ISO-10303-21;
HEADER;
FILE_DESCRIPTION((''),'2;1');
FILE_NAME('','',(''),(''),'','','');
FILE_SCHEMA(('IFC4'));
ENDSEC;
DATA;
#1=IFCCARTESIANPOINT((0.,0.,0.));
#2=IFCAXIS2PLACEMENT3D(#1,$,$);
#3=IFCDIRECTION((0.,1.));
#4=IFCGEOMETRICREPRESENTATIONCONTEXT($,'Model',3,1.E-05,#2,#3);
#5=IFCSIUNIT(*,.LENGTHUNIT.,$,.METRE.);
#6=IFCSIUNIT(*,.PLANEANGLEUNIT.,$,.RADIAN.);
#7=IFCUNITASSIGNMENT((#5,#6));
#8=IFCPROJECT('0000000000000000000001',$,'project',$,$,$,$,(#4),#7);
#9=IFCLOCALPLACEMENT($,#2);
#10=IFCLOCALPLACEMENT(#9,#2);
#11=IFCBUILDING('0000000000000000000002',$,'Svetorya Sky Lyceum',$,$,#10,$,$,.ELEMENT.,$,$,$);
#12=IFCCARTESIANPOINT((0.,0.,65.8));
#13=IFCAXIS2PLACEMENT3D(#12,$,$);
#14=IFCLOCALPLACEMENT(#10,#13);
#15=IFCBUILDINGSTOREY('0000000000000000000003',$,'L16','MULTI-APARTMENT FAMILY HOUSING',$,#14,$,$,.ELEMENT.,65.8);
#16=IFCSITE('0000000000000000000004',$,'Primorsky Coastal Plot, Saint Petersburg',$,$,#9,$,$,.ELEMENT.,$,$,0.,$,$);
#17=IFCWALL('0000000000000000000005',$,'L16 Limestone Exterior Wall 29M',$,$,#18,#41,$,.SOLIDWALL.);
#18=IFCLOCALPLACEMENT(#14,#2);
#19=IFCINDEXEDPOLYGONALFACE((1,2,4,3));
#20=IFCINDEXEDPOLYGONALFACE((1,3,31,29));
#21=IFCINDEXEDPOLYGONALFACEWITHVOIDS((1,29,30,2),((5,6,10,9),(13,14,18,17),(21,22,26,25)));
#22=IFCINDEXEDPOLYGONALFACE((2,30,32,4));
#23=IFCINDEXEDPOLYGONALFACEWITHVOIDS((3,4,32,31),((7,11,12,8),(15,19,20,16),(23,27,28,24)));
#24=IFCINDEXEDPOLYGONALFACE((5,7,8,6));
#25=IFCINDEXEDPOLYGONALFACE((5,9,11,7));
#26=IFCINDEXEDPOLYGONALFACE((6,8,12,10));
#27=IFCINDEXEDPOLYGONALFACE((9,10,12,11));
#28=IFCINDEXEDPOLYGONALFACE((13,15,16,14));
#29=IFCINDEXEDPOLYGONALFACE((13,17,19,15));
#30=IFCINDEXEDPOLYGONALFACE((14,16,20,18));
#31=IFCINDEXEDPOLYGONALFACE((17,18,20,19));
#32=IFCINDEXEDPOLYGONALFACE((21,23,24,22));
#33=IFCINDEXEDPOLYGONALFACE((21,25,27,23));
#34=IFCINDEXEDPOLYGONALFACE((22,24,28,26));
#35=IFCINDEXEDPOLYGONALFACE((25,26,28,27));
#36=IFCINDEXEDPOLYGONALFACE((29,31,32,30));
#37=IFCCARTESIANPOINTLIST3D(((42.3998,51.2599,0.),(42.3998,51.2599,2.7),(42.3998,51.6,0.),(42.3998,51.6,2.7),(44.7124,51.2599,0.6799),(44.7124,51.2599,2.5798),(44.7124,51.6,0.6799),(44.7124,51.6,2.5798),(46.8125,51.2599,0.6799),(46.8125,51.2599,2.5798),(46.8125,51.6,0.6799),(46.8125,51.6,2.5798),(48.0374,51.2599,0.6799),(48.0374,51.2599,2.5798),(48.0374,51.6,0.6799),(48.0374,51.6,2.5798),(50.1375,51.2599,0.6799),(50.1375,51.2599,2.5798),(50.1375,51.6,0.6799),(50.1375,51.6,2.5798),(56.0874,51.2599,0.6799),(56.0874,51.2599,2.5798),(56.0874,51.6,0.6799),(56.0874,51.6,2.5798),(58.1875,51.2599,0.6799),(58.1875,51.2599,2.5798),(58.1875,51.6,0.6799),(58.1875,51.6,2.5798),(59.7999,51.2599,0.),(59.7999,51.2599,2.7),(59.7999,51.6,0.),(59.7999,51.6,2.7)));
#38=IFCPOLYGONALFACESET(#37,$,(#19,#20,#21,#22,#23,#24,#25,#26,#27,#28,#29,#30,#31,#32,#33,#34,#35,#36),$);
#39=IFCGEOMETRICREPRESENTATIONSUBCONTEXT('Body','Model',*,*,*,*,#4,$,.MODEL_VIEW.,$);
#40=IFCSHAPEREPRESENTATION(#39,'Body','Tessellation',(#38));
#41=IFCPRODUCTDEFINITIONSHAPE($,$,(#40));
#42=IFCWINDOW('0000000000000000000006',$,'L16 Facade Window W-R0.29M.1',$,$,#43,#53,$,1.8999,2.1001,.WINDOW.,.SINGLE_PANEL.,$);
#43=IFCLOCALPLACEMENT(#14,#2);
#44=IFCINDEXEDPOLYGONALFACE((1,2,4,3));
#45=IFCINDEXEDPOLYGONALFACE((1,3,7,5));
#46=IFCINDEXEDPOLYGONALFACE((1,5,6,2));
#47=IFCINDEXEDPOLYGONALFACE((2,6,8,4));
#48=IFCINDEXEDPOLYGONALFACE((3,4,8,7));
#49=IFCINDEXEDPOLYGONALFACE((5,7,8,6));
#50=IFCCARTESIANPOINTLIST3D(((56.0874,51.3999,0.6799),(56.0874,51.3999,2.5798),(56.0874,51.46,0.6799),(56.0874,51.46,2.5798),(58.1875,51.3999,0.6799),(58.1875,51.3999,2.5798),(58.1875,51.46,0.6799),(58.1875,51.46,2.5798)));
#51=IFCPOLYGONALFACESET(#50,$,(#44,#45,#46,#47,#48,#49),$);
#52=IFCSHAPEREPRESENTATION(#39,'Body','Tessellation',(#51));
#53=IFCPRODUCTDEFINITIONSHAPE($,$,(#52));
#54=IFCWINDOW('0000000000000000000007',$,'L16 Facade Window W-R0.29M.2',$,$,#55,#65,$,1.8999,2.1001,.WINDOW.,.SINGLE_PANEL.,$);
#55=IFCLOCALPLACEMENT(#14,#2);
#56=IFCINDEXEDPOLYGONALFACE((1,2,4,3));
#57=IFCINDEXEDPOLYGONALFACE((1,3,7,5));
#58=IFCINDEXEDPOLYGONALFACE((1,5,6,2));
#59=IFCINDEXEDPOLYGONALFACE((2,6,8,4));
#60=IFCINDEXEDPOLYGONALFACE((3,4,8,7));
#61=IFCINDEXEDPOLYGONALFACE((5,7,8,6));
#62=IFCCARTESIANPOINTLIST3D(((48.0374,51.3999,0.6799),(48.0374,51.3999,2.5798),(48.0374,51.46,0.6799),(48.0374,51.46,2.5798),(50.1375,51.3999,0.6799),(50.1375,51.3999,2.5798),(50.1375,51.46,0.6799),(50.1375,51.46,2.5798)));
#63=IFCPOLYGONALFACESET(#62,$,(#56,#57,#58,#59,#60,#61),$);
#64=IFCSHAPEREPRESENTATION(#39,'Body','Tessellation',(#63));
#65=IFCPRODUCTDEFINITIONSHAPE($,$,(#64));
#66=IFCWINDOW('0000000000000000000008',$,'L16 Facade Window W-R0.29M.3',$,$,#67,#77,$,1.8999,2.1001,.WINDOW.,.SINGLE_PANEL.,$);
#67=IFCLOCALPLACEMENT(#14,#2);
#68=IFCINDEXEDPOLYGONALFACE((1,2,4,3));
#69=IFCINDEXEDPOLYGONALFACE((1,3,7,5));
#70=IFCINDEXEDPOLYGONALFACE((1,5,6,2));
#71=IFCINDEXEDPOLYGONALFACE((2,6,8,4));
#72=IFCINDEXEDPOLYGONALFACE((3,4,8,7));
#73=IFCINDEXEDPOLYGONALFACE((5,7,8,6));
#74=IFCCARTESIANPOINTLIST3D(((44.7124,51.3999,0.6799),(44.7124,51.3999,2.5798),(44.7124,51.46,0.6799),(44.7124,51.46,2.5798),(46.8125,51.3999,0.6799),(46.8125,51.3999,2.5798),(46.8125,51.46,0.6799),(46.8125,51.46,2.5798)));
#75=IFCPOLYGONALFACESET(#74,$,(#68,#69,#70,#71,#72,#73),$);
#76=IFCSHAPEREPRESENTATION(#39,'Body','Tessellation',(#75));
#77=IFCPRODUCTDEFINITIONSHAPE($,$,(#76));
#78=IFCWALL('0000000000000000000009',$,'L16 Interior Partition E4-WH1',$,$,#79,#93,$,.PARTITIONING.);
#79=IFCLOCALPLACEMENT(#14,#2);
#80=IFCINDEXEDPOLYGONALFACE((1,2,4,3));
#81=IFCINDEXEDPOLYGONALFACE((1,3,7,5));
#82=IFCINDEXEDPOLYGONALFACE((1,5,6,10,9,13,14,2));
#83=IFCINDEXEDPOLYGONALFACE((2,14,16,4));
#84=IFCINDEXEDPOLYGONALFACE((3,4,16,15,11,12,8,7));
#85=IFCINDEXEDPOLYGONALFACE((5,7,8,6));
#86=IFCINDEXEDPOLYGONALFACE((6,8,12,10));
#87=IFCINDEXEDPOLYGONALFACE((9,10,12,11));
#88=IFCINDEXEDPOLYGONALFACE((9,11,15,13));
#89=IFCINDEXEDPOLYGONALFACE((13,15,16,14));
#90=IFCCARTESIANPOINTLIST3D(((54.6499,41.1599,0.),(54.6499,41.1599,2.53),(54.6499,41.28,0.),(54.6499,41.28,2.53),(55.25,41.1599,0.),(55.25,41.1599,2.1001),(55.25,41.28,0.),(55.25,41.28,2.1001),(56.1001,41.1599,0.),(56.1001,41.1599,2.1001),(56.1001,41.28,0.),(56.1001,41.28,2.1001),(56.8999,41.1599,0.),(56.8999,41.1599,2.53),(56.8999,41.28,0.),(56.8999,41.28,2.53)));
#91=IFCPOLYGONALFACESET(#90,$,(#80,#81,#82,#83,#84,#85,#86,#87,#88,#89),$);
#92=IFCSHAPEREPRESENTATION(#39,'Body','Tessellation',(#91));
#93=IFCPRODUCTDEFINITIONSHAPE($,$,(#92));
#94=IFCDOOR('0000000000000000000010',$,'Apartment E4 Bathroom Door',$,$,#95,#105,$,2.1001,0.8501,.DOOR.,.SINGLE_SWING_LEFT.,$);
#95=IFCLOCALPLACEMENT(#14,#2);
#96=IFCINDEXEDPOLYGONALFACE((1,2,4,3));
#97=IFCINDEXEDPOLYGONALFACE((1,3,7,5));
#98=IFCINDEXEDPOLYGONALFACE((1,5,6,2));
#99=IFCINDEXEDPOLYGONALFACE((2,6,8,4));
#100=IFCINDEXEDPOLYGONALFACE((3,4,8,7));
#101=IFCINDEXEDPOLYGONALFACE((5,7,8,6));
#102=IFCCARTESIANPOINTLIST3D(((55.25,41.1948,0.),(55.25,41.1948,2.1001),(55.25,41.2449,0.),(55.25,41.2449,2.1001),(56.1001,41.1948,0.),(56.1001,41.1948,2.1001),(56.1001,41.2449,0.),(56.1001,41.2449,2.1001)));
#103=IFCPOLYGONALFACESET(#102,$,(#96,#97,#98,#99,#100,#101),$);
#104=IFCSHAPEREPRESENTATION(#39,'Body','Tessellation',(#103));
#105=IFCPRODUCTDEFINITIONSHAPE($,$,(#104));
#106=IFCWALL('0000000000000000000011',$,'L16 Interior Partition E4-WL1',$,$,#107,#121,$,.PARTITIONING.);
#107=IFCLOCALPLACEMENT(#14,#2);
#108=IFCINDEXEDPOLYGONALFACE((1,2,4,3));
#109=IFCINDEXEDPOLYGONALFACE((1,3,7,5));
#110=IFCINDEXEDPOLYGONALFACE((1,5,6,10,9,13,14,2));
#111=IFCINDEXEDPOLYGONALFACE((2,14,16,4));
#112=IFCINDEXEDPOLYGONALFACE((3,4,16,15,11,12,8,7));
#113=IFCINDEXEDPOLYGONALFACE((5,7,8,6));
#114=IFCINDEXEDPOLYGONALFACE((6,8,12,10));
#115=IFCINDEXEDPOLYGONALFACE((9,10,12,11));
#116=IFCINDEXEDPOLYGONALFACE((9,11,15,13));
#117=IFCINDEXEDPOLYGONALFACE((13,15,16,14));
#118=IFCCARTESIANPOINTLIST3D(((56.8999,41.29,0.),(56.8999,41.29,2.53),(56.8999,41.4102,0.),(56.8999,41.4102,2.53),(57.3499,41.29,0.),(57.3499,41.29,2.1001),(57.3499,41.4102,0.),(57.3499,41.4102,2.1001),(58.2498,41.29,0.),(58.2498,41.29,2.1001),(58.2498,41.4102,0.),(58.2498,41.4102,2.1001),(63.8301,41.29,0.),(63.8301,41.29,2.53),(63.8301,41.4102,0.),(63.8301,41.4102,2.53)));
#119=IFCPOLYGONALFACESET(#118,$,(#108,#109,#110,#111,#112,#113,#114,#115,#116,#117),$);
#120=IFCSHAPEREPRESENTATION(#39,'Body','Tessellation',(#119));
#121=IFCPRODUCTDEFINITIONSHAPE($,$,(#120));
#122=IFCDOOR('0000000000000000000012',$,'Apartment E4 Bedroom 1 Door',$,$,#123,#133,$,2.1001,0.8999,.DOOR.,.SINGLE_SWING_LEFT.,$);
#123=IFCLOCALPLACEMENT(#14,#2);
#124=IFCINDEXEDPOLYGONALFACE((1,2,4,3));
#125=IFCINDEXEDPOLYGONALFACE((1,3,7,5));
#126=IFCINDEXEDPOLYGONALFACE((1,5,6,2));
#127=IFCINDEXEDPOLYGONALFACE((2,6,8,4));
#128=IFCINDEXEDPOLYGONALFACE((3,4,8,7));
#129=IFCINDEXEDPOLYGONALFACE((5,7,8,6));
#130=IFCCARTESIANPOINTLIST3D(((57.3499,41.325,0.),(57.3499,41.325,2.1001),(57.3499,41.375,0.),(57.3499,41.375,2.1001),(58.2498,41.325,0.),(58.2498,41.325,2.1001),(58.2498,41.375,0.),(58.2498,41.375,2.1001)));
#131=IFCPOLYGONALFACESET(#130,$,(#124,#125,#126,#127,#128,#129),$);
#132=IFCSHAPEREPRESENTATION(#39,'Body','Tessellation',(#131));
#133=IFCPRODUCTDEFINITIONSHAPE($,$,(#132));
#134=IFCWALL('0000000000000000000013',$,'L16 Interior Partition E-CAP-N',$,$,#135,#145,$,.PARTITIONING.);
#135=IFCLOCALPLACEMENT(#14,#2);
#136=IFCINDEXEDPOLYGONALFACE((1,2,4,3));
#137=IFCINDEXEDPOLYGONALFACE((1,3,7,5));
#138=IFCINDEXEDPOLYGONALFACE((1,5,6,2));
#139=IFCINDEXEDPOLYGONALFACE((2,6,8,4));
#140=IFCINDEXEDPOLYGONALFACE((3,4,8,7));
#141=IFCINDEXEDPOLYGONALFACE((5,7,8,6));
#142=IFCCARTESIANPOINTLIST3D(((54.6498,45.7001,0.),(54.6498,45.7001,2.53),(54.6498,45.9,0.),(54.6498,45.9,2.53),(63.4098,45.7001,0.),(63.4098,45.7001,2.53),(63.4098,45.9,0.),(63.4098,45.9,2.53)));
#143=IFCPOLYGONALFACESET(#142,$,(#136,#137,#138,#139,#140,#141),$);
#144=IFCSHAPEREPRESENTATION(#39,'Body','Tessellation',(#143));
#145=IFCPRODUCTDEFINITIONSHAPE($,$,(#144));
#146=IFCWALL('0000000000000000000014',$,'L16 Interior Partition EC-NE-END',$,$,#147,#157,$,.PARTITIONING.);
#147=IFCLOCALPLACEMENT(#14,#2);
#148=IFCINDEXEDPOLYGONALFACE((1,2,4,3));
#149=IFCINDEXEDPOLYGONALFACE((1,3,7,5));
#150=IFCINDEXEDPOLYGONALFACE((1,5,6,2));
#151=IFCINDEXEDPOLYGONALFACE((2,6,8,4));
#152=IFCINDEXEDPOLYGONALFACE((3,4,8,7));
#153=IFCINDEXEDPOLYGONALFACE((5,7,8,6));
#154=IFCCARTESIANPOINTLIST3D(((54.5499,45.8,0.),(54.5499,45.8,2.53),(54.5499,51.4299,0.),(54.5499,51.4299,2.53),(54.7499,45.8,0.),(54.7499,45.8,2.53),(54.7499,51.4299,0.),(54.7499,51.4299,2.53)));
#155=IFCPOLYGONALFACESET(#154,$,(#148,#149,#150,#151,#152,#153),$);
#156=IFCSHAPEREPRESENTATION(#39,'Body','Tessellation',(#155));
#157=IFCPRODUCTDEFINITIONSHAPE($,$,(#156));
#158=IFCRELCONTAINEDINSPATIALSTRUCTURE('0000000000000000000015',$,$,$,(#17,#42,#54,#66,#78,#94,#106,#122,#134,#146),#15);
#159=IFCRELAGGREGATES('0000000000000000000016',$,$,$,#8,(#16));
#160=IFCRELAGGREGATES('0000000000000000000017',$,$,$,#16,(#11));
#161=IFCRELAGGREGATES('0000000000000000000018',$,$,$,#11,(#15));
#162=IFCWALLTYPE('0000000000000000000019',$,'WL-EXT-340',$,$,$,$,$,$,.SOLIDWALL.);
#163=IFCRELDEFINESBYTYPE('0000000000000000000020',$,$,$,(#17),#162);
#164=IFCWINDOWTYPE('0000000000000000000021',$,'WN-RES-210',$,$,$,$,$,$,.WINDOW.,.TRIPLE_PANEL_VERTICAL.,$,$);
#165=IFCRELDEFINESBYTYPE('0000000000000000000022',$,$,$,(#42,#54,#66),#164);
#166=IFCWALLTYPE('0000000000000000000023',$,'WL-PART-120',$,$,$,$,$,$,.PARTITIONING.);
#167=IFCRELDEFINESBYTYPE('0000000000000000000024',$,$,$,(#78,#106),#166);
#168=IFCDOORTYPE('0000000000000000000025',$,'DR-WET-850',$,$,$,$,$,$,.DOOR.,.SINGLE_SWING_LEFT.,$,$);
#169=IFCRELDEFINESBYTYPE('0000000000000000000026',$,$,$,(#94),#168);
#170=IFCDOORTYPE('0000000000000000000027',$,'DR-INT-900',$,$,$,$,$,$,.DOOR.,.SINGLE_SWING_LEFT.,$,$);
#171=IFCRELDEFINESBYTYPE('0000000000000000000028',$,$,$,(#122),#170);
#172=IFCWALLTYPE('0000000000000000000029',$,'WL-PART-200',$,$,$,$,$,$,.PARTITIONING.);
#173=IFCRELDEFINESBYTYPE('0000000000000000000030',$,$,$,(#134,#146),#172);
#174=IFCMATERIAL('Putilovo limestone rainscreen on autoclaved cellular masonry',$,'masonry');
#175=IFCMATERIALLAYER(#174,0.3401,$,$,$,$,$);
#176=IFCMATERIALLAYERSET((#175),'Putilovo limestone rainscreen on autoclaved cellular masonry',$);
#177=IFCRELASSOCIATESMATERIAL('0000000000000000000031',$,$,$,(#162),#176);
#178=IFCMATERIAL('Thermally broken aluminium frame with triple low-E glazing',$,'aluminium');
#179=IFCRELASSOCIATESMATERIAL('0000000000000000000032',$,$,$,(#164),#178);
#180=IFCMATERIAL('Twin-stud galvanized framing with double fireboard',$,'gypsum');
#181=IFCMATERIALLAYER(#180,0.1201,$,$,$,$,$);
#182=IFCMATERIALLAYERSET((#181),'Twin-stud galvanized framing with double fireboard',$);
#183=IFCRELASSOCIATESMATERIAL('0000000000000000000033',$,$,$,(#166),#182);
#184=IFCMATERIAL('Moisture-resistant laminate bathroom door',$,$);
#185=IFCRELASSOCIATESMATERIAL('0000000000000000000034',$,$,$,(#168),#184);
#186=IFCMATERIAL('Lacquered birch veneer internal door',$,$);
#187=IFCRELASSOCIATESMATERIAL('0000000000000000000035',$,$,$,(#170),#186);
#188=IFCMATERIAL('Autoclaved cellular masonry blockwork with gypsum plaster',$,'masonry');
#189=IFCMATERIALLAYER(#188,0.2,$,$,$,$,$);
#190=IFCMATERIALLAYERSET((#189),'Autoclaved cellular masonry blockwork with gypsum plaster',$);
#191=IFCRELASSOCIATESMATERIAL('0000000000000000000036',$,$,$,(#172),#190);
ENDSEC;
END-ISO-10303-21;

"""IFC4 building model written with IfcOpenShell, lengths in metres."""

from ifc_helpers import new_model, si_unit, direction, frame, frame_2d, origin, place, context, subcontext, project, spatial, rectangle, extrude, material, layer, layer_set, type_object, element, fill, save


model = new_model("IFC4")

# Units and contexts
model_context = context("Model", 3, precision=1e-05, world=origin(), true_north=direction((0.0, 1.0)))
body_context = subcontext(model_context, "Body", "Model", "MODEL_VIEW")
ifc_project = project(units=[si_unit("LENGTHUNIT", "METRE"), si_unit("PLANEANGLEUNIT", "RADIAN")], contexts=[model_context])

# Site, building, storey
site_placement = place(None, origin())
site = spatial("IfcSite", under=ifc_project, at=site_placement, Name="Primorsky Coastal Plot, Saint Petersburg", CompositionType="ELEMENT", RefElevation=0.0)
building_placement = place(site_placement, origin())
building = spatial("IfcBuilding", under=site, at=building_placement, Name="Svetorya Sky Lyceum", CompositionType="ELEMENT")
storey_placement = place(building_placement, frame((0.0, 0.0, 65.8)))
storey = spatial("IfcBuildingStorey", under=building, at=storey_placement, Name="L16", Description="MULTI-APARTMENT FAMILY HOUSING", CompositionType="ELEMENT", Elevation=65.8)

# Shared definitions
ifc_material_1 = material(Name="Putilovo limestone rainscreen on autoclaved cellular masonry", Category="masonry")
ifc_layer_1 = layer(ifc_material_1, 0.3401)
ifc_layer_set_1 = layer_set([ifc_layer_1], Name="Putilovo limestone rainscreen on autoclaved cellular masonry")
wall_type_1 = type_object("IfcWallType", Name="WL-EXT-340", PredefinedType="SOLIDWALL", material=ifc_layer_set_1)

# Wall, openings, windows
wall_1_placement = place(storey_placement, frame((59.8, 51.4299, 0.0), z_axis=(0.0, 0.0, 1.0), x_axis=(-1.0, 0.0, 0.0)))
wall_1 = element("IfcWall", 1, at=wall_1_placement, inside=storey, type_object=wall_type_1, Name="L16 Limestone Exterior Wall 29M", PredefinedType="SOLIDWALL", context=body_context, shape_type="SweptSolid", body=[
    extrude(rectangle(XDim=17.4001, YDim=0.3401, at=frame_2d((8.7002, 0.0))), origin(), (0.0, 0.0, 1.0), 2.7),
])
opening_1_placement = place(wall_1_placement, frame((1.6125, 0.0, 0.6799)))
opening_1 = element("IfcOpeningElement", 2, at=opening_1_placement, cuts=wall_1, PredefinedType="OPENING", context=body_context, shape_type="SweptSolid", body=[
    extrude(rectangle(XDim=2.1001, YDim=1.8999, at=frame_2d((1.05, 0.95))), frame((0.0, 0.1799, 0.0), z_axis=(0.0, -1.0, 0.0), x_axis=(1.0, 0.0, 0.0)), (0.0, 0.0, 1.0), 0.3601),
])
opening_2_placement = place(wall_1_placement, frame((9.6626, 0.0, 0.6799)))
opening_2 = element("IfcOpeningElement", 3, at=opening_2_placement, cuts=wall_1, PredefinedType="OPENING", context=body_context, shape_type="SweptSolid", body=[
    extrude(rectangle(XDim=2.1001, YDim=1.8999, at=frame_2d((1.05, 0.95))), frame((0.0, 0.1799, 0.0), z_axis=(0.0, -1.0, 0.0), x_axis=(1.0, 0.0, 0.0)), (0.0, 0.0, 1.0), 0.3601),
])
opening_3_placement = place(wall_1_placement, frame((12.9875, 0.0, 0.6799)))
opening_3 = element("IfcOpeningElement", 4, at=opening_3_placement, cuts=wall_1, PredefinedType="OPENING", context=body_context, shape_type="SweptSolid", body=[
    extrude(rectangle(XDim=2.1001, YDim=1.8999, at=frame_2d((1.05, 0.95))), frame((0.0, 0.1799, 0.0), z_axis=(0.0, -1.0, 0.0), x_axis=(1.0, 0.0, 0.0)), (0.0, 0.0, 1.0), 0.3601),
])
ifc_material_2 = material(Name="Thermally broken aluminium frame with triple low-E glazing", Category="aluminium")
window_type = type_object("IfcWindowType", Name="WN-RES-210", PartitioningType="TRIPLE_PANEL_VERTICAL", PredefinedType="WINDOW", material=ifc_material_2)
window_1_placement = place(opening_1_placement, origin())
window_1 = element("IfcWindow", 5, at=window_1_placement, inside=storey, type_object=window_type, Name="L16 Facade Window W-R0.29M.1", OverallHeight=1.8999, OverallWidth=2.1001, PartitioningType="SINGLE_PANEL", PredefinedType="WINDOW", context=body_context, shape_type="SweptSolid", body=[
    extrude(rectangle(XDim=2.1001, YDim=1.8999, at=frame_2d((1.05, 0.95))), frame((0.0, 0.03, 0.0), z_axis=(0.0, -1.0, 0.0), x_axis=(1.0, 0.0, 0.0)), (0.0, 0.0, 1.0), 0.0601),
])
fill(opening_1, window_1)
window_2_placement = place(opening_2_placement, origin())
window_2 = element("IfcWindow", 6, at=window_2_placement, inside=storey, type_object=window_type, Name="L16 Facade Window W-R0.29M.2", OverallHeight=1.8999, OverallWidth=2.1001, PartitioningType="SINGLE_PANEL", PredefinedType="WINDOW", context=body_context, shape_type="SweptSolid", body=[
    extrude(rectangle(XDim=2.1001, YDim=1.8999, at=frame_2d((1.05, 0.95))), frame((0.0, 0.03, 0.0), z_axis=(0.0, -1.0, 0.0), x_axis=(1.0, 0.0, 0.0)), (0.0, 0.0, 1.0), 0.0601),
])
fill(opening_2, window_2)
window_3_placement = place(opening_3_placement, origin())
window_3 = element("IfcWindow", 7, at=window_3_placement, inside=storey, type_object=window_type, Name="L16 Facade Window W-R0.29M.3", OverallHeight=1.8999, OverallWidth=2.1001, PartitioningType="SINGLE_PANEL", PredefinedType="WINDOW", context=body_context, shape_type="SweptSolid", body=[
    extrude(rectangle(XDim=2.1001, YDim=1.8999, at=frame_2d((1.05, 0.95))), frame((0.0, 0.03, 0.0), z_axis=(0.0, -1.0, 0.0), x_axis=(1.0, 0.0, 0.0)), (0.0, 0.0, 1.0), 0.0601),
])
fill(opening_3, window_3)

# Walls, openings, doors
ifc_material_3 = material(Name="Twin-stud galvanized framing with double fireboard", Category="gypsum")
ifc_layer_2 = layer(ifc_material_3, 0.1201)
ifc_layer_set_2 = layer_set([ifc_layer_2], Name="Twin-stud galvanized framing with double fireboard")
wall_type_2 = type_object("IfcWallType", Name="WL-PART-120", PredefinedType="PARTITIONING", material=ifc_layer_set_2)
wall_2_placement = place(storey_placement, frame((54.6499, 41.22, 0.0), z_axis=(0.0, 0.0, 1.0), x_axis=(1.0, 0.0, 0.0)))
wall_2 = element("IfcWall", 8, at=wall_2_placement, inside=storey, type_object=wall_type_2, Name="L16 Interior Partition E4-WH1", PredefinedType="PARTITIONING", context=body_context, shape_type="SweptSolid", body=[
    extrude(rectangle(XDim=2.25, YDim=0.1201, at=frame_2d((1.125, 0.0))), origin(), (0.0, 0.0, 1.0), 2.53),
])
opening_4_placement = place(wall_2_placement, frame((0.6001, 0.0, 0.0)))
opening_4 = element("IfcOpeningElement", 9, at=opening_4_placement, cuts=wall_2, PredefinedType="OPENING", context=body_context, shape_type="SweptSolid", body=[
    extrude(rectangle(XDim=0.8501, YDim=2.1001, at=frame_2d((0.425, 1.05))), frame((0.0, 0.0701, 0.0), z_axis=(0.0, -1.0, 0.0), x_axis=(1.0, 0.0, 0.0)), (0.0, 0.0, 1.0), 0.1401),
])
ifc_material_4 = material(Name="Moisture-resistant laminate bathroom door")
door_type_1 = type_object("IfcDoorType", Name="DR-WET-850", OperationType="SINGLE_SWING_LEFT", PredefinedType="DOOR", material=ifc_material_4)
door_1_placement = place(opening_4_placement, origin())
door_1 = element("IfcDoor", 10, at=door_1_placement, inside=storey, type_object=door_type_1, Name="Apartment E4 Bathroom Door", OperationType="SINGLE_SWING_LEFT", OverallHeight=2.1001, OverallWidth=0.8501, PredefinedType="DOOR", context=body_context, shape_type="SweptSolid", body=[
    extrude(rectangle(XDim=0.8501, YDim=2.1001, at=frame_2d((0.425, 1.05))), frame((0.0, 0.0249, 0.0), z_axis=(0.0, -1.0, 0.0), x_axis=(1.0, 0.0, 0.0)), (0.0, 0.0, 1.0), 0.05),
])
fill(opening_4, door_1)
wall_3_placement = place(storey_placement, frame((56.8999, 41.3501, 0.0), z_axis=(0.0, 0.0, 1.0), x_axis=(1.0, 0.0, 0.0)))
wall_3 = element("IfcWall", 11, at=wall_3_placement, inside=storey, type_object=wall_type_2, Name="L16 Interior Partition E4-WL1", PredefinedType="PARTITIONING", context=body_context, shape_type="SweptSolid", body=[
    extrude(rectangle(XDim=6.9302, YDim=0.1201, at=frame_2d((3.4651, 0.0))), origin(), (0.0, 0.0, 1.0), 2.53),
])
opening_5_placement = place(wall_3_placement, frame((0.45, 0.0, 0.0)))
opening_5 = element("IfcOpeningElement", 12, at=opening_5_placement, cuts=wall_3, PredefinedType="OPENING", context=body_context, shape_type="SweptSolid", body=[
    extrude(rectangle(XDim=0.8999, YDim=2.1001, at=frame_2d((0.45, 1.05))), frame((0.0, 0.0701, 0.0), z_axis=(0.0, -1.0, 0.0), x_axis=(1.0, 0.0, 0.0)), (0.0, 0.0, 1.0), 0.1401),
])
ifc_material_5 = material(Name="Lacquered birch veneer internal door")
door_type_2 = type_object("IfcDoorType", Name="DR-INT-900", OperationType="SINGLE_SWING_LEFT", PredefinedType="DOOR", material=ifc_material_5)
door_2_placement = place(opening_5_placement, origin())
door_2 = element("IfcDoor", 13, at=door_2_placement, inside=storey, type_object=door_type_2, Name="Apartment E4 Bedroom 1 Door", OperationType="SINGLE_SWING_LEFT", OverallHeight=2.1001, OverallWidth=0.8999, PredefinedType="DOOR", context=body_context, shape_type="SweptSolid", body=[
    extrude(rectangle(XDim=0.8999, YDim=2.1001, at=frame_2d((0.45, 1.05))), frame((0.0, 0.0249, 0.0), z_axis=(0.0, -1.0, 0.0), x_axis=(1.0, 0.0, 0.0)), (0.0, 0.0, 1.0), 0.05),
])
fill(opening_5, door_2)

# Walls
ifc_material_6 = material(Name="Autoclaved cellular masonry blockwork with gypsum plaster", Category="masonry")
ifc_layer_3 = layer(ifc_material_6, 0.2)
ifc_layer_set_3 = layer_set([ifc_layer_3], Name="Autoclaved cellular masonry blockwork with gypsum plaster")
wall_type_3 = type_object("IfcWallType", Name="WL-PART-200", PredefinedType="PARTITIONING", material=ifc_layer_set_3)
wall_4_placement = place(storey_placement, frame((54.6499, 45.8, 0.0), z_axis=(0.0, 0.0, 1.0), x_axis=(1.0, 0.0, 0.0)))
element("IfcWall", 14, at=wall_4_placement, inside=storey, type_object=wall_type_3, Name="L16 Interior Partition E-CAP-N", PredefinedType="PARTITIONING", context=body_context, shape_type="SweptSolid", body=[
    extrude(rectangle(XDim=8.76, YDim=0.2, at=frame_2d((4.3799, 0.0))), origin(), (0.0, 0.0, 1.0), 2.53),
])
wall_5_placement = place(storey_placement, frame((54.6499, 45.8, 0.0), z_axis=(0.0, 0.0, 1.0), x_axis=(0.0, 1.0, 0.0)))
element("IfcWall", 15, at=wall_5_placement, inside=storey, type_object=wall_type_3, Name="L16 Interior Partition EC-NE-END", PredefinedType="PARTITIONING", context=body_context, shape_type="SweptSolid", body=[
    extrude(rectangle(XDim=5.6299, YDim=0.2, at=frame_2d((2.8149, 0.0))), origin(), (0.0, 0.0, 1.0), 2.53),
])

save(model, "model.ifc")
